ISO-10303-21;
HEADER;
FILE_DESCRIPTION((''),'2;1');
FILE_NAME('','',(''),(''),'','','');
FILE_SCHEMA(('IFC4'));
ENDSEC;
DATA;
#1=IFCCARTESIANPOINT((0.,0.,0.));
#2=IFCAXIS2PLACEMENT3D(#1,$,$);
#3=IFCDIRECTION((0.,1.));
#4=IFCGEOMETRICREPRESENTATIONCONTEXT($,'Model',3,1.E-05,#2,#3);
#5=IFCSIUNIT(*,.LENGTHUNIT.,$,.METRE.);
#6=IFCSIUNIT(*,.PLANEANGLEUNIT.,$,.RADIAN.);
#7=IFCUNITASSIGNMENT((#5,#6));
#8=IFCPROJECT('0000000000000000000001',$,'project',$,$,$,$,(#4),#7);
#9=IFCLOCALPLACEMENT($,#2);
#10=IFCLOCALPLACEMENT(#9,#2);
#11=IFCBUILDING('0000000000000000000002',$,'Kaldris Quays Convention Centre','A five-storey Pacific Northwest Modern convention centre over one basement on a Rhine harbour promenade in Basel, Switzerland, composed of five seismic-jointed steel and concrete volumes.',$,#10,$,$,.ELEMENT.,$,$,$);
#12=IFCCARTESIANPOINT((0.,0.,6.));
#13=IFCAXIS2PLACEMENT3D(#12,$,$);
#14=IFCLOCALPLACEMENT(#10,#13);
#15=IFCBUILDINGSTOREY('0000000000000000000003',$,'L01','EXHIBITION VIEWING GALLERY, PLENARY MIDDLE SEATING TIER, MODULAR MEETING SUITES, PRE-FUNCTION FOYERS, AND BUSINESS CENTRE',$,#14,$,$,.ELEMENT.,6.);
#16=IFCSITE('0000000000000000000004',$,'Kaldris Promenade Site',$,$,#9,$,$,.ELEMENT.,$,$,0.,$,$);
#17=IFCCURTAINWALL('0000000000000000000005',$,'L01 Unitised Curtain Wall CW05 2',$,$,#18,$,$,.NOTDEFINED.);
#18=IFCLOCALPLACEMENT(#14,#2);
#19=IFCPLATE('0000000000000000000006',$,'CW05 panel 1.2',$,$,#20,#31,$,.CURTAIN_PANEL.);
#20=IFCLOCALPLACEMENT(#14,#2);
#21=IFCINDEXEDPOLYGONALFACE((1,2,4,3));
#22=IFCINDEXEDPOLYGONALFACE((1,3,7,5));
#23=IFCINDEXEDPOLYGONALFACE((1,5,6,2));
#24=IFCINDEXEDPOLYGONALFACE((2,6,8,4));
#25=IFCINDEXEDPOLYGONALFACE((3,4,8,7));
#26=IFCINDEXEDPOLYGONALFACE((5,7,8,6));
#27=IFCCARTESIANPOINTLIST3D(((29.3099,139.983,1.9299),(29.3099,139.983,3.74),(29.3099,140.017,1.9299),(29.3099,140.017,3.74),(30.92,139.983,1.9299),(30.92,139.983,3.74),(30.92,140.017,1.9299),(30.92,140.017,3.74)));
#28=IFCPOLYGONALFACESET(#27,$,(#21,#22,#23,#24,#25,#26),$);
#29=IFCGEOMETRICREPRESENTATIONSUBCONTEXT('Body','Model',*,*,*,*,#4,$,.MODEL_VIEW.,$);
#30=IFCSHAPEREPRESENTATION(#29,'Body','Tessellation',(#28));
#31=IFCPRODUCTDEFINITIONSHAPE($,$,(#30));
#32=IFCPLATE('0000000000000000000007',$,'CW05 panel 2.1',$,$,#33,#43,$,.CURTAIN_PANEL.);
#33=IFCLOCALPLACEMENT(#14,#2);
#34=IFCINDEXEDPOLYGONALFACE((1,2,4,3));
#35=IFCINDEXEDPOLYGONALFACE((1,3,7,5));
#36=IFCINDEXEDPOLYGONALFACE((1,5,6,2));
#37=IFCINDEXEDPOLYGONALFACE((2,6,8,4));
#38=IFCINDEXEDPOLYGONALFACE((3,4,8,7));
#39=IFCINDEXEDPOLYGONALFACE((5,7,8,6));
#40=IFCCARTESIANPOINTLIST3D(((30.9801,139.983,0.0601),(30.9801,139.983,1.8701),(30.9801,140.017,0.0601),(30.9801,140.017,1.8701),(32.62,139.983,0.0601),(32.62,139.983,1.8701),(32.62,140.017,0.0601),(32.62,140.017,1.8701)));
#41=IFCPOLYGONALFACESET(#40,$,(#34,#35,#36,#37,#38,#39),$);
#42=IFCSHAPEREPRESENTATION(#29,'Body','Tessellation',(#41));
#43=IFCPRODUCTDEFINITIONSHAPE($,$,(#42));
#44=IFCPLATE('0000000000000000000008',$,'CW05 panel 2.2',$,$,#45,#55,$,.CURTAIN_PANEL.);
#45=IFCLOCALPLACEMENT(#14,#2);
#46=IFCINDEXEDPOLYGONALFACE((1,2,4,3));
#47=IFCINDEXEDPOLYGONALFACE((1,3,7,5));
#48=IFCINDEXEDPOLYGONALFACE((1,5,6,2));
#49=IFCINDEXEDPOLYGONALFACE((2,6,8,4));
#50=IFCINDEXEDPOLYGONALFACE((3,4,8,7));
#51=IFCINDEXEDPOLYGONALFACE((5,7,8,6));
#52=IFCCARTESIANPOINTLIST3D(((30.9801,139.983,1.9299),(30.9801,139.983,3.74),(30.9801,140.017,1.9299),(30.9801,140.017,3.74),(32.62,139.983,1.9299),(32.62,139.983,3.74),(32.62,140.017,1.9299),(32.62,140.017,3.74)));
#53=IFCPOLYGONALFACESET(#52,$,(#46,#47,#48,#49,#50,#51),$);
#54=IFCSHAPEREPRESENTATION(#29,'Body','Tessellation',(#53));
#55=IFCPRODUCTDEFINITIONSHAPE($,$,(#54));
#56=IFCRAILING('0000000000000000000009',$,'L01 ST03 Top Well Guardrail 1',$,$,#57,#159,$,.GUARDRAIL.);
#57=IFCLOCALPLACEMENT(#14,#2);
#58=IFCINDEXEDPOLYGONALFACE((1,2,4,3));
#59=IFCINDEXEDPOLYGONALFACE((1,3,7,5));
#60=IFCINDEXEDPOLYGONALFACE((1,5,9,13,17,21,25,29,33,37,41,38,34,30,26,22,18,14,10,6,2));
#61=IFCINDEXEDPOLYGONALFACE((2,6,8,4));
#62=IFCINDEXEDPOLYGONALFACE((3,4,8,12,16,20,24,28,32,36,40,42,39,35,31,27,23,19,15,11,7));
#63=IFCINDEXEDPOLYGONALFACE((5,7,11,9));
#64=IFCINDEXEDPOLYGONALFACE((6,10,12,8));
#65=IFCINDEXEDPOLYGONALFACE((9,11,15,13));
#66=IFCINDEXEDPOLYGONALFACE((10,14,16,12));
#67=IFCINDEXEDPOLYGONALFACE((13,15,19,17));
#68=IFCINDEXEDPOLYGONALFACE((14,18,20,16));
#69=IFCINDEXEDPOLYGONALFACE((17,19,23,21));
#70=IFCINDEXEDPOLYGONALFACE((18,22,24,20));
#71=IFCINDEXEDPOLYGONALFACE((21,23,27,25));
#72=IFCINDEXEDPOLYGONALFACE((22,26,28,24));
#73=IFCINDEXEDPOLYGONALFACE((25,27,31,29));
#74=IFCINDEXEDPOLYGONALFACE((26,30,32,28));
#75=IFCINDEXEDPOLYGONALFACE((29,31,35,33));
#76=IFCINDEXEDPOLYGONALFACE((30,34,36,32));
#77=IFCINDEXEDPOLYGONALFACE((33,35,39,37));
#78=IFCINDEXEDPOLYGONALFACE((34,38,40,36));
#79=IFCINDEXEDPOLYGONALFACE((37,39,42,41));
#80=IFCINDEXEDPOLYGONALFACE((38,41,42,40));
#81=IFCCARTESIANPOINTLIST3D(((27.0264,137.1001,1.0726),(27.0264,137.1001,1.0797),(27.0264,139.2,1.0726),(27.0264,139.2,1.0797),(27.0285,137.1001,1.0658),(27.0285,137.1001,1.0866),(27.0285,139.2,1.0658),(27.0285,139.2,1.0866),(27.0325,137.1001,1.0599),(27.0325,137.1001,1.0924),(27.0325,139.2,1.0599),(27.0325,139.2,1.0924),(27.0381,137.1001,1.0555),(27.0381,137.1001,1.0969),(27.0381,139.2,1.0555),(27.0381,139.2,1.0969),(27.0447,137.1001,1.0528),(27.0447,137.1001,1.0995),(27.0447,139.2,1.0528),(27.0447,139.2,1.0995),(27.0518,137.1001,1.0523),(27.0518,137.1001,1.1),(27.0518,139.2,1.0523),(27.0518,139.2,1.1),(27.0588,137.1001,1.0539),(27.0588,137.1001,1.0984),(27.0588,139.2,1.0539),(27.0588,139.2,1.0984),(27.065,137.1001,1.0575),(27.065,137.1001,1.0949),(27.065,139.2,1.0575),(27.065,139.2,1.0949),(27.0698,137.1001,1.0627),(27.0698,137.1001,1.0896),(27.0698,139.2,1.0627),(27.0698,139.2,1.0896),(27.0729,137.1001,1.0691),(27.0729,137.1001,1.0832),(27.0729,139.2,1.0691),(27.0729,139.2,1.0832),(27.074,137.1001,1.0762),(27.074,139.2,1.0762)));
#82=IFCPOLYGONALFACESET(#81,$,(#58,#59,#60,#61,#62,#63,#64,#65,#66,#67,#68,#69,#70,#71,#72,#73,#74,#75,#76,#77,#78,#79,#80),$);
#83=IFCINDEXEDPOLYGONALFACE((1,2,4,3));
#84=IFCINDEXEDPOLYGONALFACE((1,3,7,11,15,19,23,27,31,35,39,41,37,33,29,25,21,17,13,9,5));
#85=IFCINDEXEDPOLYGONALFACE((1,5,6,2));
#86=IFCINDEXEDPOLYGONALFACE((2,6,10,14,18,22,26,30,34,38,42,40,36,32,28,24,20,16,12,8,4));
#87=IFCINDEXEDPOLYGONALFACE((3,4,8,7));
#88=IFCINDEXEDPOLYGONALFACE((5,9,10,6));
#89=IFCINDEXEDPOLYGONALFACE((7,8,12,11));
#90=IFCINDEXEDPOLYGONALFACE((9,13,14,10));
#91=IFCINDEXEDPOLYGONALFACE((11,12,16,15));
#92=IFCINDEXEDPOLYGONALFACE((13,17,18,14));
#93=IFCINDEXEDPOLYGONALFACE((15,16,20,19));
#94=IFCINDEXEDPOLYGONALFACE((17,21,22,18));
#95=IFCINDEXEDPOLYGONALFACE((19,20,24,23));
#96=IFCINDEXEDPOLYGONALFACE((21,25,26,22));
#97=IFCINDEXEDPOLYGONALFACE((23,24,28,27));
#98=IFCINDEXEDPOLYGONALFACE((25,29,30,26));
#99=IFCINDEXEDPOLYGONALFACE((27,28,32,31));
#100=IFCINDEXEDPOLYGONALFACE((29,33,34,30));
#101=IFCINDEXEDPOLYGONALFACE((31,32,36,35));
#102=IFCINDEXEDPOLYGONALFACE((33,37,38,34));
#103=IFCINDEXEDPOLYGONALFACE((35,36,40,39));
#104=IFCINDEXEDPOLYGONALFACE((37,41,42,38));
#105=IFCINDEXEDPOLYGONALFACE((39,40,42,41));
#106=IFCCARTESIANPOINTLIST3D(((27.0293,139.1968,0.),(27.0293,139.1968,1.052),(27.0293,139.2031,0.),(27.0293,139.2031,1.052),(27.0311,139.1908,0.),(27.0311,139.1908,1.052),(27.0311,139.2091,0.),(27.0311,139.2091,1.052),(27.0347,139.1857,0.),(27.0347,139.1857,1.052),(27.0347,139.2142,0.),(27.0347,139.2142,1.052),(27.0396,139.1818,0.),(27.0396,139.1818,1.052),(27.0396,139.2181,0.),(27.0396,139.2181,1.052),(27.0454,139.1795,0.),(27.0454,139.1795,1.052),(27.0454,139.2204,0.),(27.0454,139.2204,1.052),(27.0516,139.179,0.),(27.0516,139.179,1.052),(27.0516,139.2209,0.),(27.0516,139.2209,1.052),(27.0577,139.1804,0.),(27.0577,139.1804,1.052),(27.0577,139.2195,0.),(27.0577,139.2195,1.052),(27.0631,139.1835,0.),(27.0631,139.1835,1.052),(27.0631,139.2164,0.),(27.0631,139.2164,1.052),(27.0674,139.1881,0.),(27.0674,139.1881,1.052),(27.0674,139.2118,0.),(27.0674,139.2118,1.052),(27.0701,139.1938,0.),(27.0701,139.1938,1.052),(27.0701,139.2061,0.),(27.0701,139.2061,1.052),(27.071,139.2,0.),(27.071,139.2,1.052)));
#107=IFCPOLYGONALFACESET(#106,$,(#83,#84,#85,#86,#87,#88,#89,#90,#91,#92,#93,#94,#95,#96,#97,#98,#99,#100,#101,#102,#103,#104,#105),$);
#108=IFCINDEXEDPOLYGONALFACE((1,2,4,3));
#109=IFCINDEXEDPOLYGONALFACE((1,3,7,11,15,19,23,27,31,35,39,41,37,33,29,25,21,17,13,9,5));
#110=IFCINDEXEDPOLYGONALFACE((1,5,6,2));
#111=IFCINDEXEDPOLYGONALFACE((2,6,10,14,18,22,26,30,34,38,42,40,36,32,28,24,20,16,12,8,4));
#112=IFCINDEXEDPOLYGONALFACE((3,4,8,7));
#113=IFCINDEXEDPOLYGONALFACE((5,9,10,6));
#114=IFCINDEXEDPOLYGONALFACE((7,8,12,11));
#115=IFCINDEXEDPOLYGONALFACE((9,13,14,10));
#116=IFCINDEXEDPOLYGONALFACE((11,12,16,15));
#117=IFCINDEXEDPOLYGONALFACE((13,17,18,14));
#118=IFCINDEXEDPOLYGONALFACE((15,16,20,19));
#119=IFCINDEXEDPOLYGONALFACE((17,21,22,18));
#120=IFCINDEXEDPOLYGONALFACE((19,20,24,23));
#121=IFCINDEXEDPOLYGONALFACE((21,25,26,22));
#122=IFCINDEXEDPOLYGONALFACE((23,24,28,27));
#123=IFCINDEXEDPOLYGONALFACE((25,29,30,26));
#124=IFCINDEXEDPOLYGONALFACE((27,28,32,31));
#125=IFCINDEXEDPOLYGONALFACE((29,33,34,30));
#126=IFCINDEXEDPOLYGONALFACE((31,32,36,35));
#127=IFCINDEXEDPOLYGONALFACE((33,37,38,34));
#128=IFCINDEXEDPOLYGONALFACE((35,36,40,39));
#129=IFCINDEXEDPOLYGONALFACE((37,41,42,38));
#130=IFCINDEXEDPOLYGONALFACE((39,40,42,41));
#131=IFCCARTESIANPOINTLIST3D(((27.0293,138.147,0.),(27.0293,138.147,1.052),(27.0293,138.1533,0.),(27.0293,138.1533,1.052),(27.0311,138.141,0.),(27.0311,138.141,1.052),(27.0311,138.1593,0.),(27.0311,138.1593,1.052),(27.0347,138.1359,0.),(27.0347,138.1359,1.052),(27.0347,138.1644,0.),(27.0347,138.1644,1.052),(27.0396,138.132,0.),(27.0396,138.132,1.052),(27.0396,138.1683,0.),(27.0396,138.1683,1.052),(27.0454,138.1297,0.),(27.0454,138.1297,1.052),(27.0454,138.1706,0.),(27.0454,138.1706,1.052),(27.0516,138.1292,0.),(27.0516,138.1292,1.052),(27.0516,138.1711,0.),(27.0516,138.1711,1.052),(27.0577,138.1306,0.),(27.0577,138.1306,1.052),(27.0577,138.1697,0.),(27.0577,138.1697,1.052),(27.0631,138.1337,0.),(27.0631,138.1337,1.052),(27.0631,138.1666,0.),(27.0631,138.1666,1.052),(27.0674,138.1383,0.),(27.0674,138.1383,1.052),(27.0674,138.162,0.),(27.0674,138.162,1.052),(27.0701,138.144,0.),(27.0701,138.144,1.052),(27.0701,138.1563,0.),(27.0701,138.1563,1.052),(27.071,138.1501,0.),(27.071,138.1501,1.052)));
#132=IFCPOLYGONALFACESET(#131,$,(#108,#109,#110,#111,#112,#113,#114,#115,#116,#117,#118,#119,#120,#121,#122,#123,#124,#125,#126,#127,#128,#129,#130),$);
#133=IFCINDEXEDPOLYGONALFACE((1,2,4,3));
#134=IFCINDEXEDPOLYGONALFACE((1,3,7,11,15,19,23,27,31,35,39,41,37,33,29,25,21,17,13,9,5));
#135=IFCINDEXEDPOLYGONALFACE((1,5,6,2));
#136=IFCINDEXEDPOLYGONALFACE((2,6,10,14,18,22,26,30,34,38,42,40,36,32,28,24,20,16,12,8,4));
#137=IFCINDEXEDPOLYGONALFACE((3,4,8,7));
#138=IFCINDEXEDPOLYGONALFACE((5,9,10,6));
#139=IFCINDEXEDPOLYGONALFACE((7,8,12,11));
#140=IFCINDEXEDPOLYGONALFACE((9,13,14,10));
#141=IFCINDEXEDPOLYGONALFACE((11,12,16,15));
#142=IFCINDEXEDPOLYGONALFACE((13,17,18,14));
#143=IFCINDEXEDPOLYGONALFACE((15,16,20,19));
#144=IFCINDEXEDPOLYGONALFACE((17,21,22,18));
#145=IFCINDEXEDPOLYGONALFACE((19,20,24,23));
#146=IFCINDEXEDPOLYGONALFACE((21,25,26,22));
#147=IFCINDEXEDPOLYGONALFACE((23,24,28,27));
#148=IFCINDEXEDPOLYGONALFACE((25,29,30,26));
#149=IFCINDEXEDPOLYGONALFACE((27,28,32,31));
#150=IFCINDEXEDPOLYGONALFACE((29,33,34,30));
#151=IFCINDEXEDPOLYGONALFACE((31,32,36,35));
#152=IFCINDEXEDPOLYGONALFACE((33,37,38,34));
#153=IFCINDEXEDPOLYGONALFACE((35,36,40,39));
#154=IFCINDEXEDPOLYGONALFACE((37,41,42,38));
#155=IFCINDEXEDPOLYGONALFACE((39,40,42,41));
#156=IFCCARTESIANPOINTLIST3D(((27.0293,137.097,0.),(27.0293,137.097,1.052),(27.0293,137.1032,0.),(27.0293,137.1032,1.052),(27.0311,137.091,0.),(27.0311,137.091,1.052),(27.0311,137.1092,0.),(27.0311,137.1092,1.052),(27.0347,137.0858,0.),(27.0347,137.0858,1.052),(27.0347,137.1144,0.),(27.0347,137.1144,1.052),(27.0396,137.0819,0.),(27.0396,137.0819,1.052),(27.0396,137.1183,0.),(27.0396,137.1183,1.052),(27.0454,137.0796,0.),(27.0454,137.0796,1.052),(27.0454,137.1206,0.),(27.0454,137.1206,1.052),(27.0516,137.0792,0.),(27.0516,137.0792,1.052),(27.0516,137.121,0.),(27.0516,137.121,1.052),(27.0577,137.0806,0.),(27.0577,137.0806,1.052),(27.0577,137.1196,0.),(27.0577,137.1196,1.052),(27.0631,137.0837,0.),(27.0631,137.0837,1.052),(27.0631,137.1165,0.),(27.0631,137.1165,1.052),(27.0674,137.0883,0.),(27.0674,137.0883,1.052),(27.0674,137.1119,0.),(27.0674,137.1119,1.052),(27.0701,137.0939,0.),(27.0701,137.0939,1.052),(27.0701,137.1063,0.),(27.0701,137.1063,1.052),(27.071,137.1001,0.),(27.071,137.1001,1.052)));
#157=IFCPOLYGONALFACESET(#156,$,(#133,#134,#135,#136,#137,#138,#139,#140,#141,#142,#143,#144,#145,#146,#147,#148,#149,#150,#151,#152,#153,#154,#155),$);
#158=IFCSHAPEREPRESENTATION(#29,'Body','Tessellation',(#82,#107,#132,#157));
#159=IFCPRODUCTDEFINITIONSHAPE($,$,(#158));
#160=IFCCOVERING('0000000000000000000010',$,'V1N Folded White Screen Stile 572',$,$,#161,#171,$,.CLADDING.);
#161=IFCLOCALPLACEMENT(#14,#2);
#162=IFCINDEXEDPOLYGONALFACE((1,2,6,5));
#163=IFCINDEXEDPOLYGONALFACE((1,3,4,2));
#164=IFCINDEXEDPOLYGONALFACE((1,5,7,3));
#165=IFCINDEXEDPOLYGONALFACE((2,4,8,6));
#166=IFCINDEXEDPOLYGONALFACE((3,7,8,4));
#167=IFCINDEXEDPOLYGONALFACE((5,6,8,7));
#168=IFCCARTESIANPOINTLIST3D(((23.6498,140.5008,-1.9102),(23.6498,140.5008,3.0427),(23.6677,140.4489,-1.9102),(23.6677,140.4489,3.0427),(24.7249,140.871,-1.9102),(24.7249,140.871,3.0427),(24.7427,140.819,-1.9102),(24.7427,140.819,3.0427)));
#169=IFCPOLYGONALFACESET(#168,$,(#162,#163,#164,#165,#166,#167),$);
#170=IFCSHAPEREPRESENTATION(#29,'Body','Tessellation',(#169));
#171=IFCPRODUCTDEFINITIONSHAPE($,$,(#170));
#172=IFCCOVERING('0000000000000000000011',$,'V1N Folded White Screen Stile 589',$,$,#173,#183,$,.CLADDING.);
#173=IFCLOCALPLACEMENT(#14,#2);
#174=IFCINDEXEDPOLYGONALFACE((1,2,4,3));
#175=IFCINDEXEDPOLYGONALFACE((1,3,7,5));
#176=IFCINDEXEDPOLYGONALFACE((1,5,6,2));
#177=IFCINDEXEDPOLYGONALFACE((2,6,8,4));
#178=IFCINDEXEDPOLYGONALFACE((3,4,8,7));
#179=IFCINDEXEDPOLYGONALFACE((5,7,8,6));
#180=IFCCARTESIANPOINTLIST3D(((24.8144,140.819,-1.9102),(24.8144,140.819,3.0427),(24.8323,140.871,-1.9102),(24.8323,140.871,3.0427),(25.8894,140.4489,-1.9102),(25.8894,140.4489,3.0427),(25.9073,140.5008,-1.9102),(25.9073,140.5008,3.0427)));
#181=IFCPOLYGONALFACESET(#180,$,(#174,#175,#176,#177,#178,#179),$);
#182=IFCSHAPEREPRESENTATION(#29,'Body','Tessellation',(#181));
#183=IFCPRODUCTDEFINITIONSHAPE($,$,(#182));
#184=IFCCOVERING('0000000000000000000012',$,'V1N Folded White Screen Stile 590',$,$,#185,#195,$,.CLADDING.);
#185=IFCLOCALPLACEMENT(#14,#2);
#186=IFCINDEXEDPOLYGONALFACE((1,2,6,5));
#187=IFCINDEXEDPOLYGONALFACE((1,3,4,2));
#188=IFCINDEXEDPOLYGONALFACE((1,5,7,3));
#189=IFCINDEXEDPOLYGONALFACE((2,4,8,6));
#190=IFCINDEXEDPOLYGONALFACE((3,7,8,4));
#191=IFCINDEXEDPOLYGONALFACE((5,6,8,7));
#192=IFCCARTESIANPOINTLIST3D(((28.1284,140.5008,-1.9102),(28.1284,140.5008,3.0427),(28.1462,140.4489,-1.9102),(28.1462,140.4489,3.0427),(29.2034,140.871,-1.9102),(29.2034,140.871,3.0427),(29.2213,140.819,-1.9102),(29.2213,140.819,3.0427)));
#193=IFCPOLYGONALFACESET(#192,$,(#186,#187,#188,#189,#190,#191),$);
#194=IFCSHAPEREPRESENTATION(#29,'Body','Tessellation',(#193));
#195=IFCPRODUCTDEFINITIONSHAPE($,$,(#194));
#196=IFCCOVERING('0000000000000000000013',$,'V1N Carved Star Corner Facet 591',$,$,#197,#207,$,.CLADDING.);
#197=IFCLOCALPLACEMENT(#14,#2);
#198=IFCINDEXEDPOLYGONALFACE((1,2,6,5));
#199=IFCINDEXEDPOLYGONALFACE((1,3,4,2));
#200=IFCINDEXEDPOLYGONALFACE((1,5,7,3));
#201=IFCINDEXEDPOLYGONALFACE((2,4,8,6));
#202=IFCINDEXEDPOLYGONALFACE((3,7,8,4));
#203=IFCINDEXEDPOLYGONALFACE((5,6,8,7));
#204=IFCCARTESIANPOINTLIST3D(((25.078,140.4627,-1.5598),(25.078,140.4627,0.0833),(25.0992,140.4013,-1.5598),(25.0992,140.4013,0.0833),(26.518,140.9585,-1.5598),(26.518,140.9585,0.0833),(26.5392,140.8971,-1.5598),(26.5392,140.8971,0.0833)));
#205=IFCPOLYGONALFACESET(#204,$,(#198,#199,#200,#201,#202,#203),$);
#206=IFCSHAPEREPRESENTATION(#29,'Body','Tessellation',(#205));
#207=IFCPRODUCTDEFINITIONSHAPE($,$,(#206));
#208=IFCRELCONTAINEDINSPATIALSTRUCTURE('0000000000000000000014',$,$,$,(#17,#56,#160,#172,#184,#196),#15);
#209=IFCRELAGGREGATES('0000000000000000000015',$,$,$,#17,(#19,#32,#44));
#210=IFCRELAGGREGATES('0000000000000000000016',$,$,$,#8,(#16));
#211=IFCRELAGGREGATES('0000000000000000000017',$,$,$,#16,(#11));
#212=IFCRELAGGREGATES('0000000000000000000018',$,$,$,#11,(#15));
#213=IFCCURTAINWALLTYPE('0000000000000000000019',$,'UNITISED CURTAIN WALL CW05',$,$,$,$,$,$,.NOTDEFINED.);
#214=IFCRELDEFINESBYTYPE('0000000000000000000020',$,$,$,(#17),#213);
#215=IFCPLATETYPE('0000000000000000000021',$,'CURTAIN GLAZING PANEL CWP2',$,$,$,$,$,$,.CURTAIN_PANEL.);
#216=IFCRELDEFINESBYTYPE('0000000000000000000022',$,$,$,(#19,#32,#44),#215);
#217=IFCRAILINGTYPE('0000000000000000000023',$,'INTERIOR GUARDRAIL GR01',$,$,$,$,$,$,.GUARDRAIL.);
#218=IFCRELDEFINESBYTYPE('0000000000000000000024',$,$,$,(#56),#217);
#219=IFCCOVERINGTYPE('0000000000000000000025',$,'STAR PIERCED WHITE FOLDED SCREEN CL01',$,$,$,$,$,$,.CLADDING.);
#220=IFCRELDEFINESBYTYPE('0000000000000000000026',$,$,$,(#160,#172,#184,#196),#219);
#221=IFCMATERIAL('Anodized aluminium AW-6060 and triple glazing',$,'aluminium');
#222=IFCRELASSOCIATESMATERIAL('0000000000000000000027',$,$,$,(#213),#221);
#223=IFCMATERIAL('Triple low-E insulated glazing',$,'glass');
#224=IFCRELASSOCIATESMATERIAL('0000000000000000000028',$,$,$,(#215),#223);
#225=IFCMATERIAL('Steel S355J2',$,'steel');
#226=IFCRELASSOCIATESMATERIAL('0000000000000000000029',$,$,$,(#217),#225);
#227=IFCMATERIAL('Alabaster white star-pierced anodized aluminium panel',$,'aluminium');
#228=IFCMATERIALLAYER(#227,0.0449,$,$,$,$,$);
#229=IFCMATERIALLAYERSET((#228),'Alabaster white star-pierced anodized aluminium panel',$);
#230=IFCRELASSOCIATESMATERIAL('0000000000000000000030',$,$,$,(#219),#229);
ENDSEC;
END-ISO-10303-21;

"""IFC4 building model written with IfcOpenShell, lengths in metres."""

from ifc_helpers import new_model, si_unit, direction, frame, origin, origin_2d, place, context, subcontext, project, spatial, rectangle, circle, extrude, material, layer, layer_set, type_object, element, aggregate, save


model = new_model("IFC4")

# Units and contexts
model_context = context("Model", 3, precision=1e-05, world=origin(), true_north=direction((0.0, 1.0)))
body_context = subcontext(model_context, "Body", "Model", "MODEL_VIEW")
ifc_project = project(units=[si_unit("LENGTHUNIT", "METRE"), si_unit("PLANEANGLEUNIT", "RADIAN")], contexts=[model_context])

# Site, building, storey
site_placement = place(None, origin())
site = spatial("IfcSite", under=ifc_project, at=site_placement, Name="Kaldris Promenade Site", CompositionType="ELEMENT", RefElevation=0.0)
building_placement = place(site_placement, origin())
building = spatial("IfcBuilding", under=site, at=building_placement, Name="Kaldris Quays Convention Centre", Description="A five-storey Pacific Northwest Modern convention centre over one basement on a Rhine harbour promenade in Basel, Switzerland, composed of five seismic-jointed steel and concrete volumes.", CompositionType="ELEMENT")
storey_placement = place(building_placement, frame((0.0, 0.0, 6.0)))
storey = spatial("IfcBuildingStorey", under=building, at=storey_placement, Name="L01", Description="EXHIBITION VIEWING GALLERY, PLENARY MIDDLE SEATING TIER, MODULAR MEETING SUITES, PRE-FUNCTION FOYERS, AND BUSINESS CENTRE", CompositionType="ELEMENT", Elevation=6.0)

# Shared definitions
ifc_material_1 = material(Name="Steel S355J2", Category="steel")

# Curtain wall, plates
ifc_material_2 = material(Name="Anodized aluminium AW-6060 and triple glazing", Category="aluminium")
curtain_wall_type = type_object("IfcCurtainWallType", Name="UNITISED CURTAIN WALL CW05", PredefinedType="NOTDEFINED", material=ifc_material_2)
curtain_wall_placement = place(storey_placement, origin())
curtain_wall = element("IfcCurtainWall", 1, at=curtain_wall_placement, inside=storey, type_object=curtain_wall_type, Name="L01 Unitised Curtain Wall CW05 2", PredefinedType="NOTDEFINED")
ifc_material_3 = material(Name="Triple low-E insulated glazing", Category="glass")
plate_type = type_object("IfcPlateType", Name="CURTAIN GLAZING PANEL CWP2", PredefinedType="CURTAIN_PANEL", material=ifc_material_3)
plate_1_placement = place(storey_placement, frame((30.115, 140.0, 1.9299), z_axis=(0.0, 0.0, 1.0), x_axis=(1.0, 0.0, 0.0)))
plate_1 = element("IfcPlate", 2, at=plate_1_placement, type_object=plate_type, Name="CW05 panel 1.2", PredefinedType="CURTAIN_PANEL", context=body_context, shape_type="SweptSolid", body=[
    extrude(rectangle(XDim=1.6101, YDim=0.0339, at=origin_2d()), origin(), (0.0, 0.0, 1.0), 1.8101),
])
plate_2_placement = place(storey_placement, frame((31.8, 140.0, 0.0601), z_axis=(0.0, 0.0, 1.0), x_axis=(1.0, 0.0, 0.0)))
plate_2 = element("IfcPlate", 3, at=plate_2_placement, type_object=plate_type, Name="CW05 panel 2.1", PredefinedType="CURTAIN_PANEL", context=body_context, shape_type="SweptSolid", body=[
    extrude(rectangle(XDim=1.6399, YDim=0.0339, at=origin_2d()), origin(), (0.0, 0.0, 1.0), 1.8101),
])
plate_3_placement = place(storey_placement, frame((31.8, 140.0, 1.9299), z_axis=(0.0, 0.0, 1.0), x_axis=(1.0, 0.0, 0.0)))
plate_3 = element("IfcPlate", 4, at=plate_3_placement, type_object=plate_type, Name="CW05 panel 2.2", PredefinedType="CURTAIN_PANEL", context=body_context, shape_type="SweptSolid", body=[
    extrude(rectangle(XDim=1.6399, YDim=0.0339, at=origin_2d()), origin(), (0.0, 0.0, 1.0), 1.8101),
])
aggregate(curtain_wall, [plate_1, plate_2, plate_3])

# Railing
railing_type = type_object("IfcRailingType", Name="INTERIOR GUARDRAIL GR01", PredefinedType="GUARDRAIL", material=ifc_material_1)
railing_placement = place(storey_placement, frame((27.05, 139.2, 0.0)))
element("IfcRailing", 5, at=railing_placement, inside=storey, type_object=railing_type, Name="L01 ST03 Top Well Guardrail 1", PredefinedType="GUARDRAIL", context=body_context, shape_type="SweptSolid", body=[
    extrude(circle(Radius=0.0239, at=origin_2d()), frame((0.0, 0.0, 1.0762), z_axis=(0.0, -1.0, 0.0), x_axis=(1.0, 0.0, 0.0)), (0.0, 0.0, 1.0), 2.0999),
    extrude(circle(Radius=0.021, at=origin_2d()), origin(), (0.0, 0.0, 1.0), 1.052),
    extrude(circle(Radius=0.021, at=origin_2d()), frame((0.0, -1.0498, 0.0)), (0.0, 0.0, 1.0), 1.052),
    extrude(circle(Radius=0.021, at=origin_2d()), frame((0.0, -2.0999, 0.0)), (0.0, 0.0, 1.0), 1.052),
])

# Coverings
ifc_material_4 = material(Name="Alabaster white star-pierced anodized aluminium panel", Category="aluminium")
ifc_layer = layer(ifc_material_4, 0.0449)
ifc_layer_set = layer_set([ifc_layer], Name="Alabaster white star-pierced anodized aluminium panel")
covering_type = type_object("IfcCoveringType", Name="STAR PIERCED WHITE FOLDED SCREEN CL01", PredefinedType="CLADDING", material=ifc_layer_set)
for number, where, z_axis, x_axis, name in (
    (6, (24.1963, 140.6599, -1.9102), (0.0, 0.0, 1.0), (0.945519, 0.325568, 0.0), "V1N Folded White Screen Stile 572"),
    (7, (25.3608, 140.6599, -1.9102), (0.0, 0.0, 1.0), (0.945519, -0.325568, 0.0), "V1N Folded White Screen Stile 589"),
    (8, (28.6748, 140.6599, -1.9102), (0.0, 0.0, 1.0), (0.945519, 0.325568, 0.0), "V1N Folded White Screen Stile 590"),
):
    element("IfcCovering", number, at=place(storey_placement, frame(where, z_axis=z_axis, x_axis=x_axis)), inside=storey, type_object=covering_type, Name=name, PredefinedType="CLADDING", context=body_context, shape_type="SweptSolid", body=[
        extrude(rectangle(XDim=1.137, YDim=0.0549, at=origin_2d()), origin(), (0.0, 0.0, 1.0), 4.9529),
    ])
for number, where, z_axis, x_axis, name in (
    (9, (25.8086, 140.6799, -1.5598), (0.0, 0.0, 1.0), (0.945519, 0.325568, 0.0), "V1N Carved Star Corner Facet 591"),
):
    element("IfcCovering", number, at=place(storey_placement, frame(where, z_axis=z_axis, x_axis=x_axis)), inside=storey, type_object=covering_type, Name=name, PredefinedType="CLADDING", context=body_context, shape_type="SweptSolid", body=[
        extrude(rectangle(XDim=1.5229, YDim=0.0649, at=origin_2d()), origin(), (0.0, 0.0, 1.0), 1.6431),
    ])

save(model, "model.ifc")
